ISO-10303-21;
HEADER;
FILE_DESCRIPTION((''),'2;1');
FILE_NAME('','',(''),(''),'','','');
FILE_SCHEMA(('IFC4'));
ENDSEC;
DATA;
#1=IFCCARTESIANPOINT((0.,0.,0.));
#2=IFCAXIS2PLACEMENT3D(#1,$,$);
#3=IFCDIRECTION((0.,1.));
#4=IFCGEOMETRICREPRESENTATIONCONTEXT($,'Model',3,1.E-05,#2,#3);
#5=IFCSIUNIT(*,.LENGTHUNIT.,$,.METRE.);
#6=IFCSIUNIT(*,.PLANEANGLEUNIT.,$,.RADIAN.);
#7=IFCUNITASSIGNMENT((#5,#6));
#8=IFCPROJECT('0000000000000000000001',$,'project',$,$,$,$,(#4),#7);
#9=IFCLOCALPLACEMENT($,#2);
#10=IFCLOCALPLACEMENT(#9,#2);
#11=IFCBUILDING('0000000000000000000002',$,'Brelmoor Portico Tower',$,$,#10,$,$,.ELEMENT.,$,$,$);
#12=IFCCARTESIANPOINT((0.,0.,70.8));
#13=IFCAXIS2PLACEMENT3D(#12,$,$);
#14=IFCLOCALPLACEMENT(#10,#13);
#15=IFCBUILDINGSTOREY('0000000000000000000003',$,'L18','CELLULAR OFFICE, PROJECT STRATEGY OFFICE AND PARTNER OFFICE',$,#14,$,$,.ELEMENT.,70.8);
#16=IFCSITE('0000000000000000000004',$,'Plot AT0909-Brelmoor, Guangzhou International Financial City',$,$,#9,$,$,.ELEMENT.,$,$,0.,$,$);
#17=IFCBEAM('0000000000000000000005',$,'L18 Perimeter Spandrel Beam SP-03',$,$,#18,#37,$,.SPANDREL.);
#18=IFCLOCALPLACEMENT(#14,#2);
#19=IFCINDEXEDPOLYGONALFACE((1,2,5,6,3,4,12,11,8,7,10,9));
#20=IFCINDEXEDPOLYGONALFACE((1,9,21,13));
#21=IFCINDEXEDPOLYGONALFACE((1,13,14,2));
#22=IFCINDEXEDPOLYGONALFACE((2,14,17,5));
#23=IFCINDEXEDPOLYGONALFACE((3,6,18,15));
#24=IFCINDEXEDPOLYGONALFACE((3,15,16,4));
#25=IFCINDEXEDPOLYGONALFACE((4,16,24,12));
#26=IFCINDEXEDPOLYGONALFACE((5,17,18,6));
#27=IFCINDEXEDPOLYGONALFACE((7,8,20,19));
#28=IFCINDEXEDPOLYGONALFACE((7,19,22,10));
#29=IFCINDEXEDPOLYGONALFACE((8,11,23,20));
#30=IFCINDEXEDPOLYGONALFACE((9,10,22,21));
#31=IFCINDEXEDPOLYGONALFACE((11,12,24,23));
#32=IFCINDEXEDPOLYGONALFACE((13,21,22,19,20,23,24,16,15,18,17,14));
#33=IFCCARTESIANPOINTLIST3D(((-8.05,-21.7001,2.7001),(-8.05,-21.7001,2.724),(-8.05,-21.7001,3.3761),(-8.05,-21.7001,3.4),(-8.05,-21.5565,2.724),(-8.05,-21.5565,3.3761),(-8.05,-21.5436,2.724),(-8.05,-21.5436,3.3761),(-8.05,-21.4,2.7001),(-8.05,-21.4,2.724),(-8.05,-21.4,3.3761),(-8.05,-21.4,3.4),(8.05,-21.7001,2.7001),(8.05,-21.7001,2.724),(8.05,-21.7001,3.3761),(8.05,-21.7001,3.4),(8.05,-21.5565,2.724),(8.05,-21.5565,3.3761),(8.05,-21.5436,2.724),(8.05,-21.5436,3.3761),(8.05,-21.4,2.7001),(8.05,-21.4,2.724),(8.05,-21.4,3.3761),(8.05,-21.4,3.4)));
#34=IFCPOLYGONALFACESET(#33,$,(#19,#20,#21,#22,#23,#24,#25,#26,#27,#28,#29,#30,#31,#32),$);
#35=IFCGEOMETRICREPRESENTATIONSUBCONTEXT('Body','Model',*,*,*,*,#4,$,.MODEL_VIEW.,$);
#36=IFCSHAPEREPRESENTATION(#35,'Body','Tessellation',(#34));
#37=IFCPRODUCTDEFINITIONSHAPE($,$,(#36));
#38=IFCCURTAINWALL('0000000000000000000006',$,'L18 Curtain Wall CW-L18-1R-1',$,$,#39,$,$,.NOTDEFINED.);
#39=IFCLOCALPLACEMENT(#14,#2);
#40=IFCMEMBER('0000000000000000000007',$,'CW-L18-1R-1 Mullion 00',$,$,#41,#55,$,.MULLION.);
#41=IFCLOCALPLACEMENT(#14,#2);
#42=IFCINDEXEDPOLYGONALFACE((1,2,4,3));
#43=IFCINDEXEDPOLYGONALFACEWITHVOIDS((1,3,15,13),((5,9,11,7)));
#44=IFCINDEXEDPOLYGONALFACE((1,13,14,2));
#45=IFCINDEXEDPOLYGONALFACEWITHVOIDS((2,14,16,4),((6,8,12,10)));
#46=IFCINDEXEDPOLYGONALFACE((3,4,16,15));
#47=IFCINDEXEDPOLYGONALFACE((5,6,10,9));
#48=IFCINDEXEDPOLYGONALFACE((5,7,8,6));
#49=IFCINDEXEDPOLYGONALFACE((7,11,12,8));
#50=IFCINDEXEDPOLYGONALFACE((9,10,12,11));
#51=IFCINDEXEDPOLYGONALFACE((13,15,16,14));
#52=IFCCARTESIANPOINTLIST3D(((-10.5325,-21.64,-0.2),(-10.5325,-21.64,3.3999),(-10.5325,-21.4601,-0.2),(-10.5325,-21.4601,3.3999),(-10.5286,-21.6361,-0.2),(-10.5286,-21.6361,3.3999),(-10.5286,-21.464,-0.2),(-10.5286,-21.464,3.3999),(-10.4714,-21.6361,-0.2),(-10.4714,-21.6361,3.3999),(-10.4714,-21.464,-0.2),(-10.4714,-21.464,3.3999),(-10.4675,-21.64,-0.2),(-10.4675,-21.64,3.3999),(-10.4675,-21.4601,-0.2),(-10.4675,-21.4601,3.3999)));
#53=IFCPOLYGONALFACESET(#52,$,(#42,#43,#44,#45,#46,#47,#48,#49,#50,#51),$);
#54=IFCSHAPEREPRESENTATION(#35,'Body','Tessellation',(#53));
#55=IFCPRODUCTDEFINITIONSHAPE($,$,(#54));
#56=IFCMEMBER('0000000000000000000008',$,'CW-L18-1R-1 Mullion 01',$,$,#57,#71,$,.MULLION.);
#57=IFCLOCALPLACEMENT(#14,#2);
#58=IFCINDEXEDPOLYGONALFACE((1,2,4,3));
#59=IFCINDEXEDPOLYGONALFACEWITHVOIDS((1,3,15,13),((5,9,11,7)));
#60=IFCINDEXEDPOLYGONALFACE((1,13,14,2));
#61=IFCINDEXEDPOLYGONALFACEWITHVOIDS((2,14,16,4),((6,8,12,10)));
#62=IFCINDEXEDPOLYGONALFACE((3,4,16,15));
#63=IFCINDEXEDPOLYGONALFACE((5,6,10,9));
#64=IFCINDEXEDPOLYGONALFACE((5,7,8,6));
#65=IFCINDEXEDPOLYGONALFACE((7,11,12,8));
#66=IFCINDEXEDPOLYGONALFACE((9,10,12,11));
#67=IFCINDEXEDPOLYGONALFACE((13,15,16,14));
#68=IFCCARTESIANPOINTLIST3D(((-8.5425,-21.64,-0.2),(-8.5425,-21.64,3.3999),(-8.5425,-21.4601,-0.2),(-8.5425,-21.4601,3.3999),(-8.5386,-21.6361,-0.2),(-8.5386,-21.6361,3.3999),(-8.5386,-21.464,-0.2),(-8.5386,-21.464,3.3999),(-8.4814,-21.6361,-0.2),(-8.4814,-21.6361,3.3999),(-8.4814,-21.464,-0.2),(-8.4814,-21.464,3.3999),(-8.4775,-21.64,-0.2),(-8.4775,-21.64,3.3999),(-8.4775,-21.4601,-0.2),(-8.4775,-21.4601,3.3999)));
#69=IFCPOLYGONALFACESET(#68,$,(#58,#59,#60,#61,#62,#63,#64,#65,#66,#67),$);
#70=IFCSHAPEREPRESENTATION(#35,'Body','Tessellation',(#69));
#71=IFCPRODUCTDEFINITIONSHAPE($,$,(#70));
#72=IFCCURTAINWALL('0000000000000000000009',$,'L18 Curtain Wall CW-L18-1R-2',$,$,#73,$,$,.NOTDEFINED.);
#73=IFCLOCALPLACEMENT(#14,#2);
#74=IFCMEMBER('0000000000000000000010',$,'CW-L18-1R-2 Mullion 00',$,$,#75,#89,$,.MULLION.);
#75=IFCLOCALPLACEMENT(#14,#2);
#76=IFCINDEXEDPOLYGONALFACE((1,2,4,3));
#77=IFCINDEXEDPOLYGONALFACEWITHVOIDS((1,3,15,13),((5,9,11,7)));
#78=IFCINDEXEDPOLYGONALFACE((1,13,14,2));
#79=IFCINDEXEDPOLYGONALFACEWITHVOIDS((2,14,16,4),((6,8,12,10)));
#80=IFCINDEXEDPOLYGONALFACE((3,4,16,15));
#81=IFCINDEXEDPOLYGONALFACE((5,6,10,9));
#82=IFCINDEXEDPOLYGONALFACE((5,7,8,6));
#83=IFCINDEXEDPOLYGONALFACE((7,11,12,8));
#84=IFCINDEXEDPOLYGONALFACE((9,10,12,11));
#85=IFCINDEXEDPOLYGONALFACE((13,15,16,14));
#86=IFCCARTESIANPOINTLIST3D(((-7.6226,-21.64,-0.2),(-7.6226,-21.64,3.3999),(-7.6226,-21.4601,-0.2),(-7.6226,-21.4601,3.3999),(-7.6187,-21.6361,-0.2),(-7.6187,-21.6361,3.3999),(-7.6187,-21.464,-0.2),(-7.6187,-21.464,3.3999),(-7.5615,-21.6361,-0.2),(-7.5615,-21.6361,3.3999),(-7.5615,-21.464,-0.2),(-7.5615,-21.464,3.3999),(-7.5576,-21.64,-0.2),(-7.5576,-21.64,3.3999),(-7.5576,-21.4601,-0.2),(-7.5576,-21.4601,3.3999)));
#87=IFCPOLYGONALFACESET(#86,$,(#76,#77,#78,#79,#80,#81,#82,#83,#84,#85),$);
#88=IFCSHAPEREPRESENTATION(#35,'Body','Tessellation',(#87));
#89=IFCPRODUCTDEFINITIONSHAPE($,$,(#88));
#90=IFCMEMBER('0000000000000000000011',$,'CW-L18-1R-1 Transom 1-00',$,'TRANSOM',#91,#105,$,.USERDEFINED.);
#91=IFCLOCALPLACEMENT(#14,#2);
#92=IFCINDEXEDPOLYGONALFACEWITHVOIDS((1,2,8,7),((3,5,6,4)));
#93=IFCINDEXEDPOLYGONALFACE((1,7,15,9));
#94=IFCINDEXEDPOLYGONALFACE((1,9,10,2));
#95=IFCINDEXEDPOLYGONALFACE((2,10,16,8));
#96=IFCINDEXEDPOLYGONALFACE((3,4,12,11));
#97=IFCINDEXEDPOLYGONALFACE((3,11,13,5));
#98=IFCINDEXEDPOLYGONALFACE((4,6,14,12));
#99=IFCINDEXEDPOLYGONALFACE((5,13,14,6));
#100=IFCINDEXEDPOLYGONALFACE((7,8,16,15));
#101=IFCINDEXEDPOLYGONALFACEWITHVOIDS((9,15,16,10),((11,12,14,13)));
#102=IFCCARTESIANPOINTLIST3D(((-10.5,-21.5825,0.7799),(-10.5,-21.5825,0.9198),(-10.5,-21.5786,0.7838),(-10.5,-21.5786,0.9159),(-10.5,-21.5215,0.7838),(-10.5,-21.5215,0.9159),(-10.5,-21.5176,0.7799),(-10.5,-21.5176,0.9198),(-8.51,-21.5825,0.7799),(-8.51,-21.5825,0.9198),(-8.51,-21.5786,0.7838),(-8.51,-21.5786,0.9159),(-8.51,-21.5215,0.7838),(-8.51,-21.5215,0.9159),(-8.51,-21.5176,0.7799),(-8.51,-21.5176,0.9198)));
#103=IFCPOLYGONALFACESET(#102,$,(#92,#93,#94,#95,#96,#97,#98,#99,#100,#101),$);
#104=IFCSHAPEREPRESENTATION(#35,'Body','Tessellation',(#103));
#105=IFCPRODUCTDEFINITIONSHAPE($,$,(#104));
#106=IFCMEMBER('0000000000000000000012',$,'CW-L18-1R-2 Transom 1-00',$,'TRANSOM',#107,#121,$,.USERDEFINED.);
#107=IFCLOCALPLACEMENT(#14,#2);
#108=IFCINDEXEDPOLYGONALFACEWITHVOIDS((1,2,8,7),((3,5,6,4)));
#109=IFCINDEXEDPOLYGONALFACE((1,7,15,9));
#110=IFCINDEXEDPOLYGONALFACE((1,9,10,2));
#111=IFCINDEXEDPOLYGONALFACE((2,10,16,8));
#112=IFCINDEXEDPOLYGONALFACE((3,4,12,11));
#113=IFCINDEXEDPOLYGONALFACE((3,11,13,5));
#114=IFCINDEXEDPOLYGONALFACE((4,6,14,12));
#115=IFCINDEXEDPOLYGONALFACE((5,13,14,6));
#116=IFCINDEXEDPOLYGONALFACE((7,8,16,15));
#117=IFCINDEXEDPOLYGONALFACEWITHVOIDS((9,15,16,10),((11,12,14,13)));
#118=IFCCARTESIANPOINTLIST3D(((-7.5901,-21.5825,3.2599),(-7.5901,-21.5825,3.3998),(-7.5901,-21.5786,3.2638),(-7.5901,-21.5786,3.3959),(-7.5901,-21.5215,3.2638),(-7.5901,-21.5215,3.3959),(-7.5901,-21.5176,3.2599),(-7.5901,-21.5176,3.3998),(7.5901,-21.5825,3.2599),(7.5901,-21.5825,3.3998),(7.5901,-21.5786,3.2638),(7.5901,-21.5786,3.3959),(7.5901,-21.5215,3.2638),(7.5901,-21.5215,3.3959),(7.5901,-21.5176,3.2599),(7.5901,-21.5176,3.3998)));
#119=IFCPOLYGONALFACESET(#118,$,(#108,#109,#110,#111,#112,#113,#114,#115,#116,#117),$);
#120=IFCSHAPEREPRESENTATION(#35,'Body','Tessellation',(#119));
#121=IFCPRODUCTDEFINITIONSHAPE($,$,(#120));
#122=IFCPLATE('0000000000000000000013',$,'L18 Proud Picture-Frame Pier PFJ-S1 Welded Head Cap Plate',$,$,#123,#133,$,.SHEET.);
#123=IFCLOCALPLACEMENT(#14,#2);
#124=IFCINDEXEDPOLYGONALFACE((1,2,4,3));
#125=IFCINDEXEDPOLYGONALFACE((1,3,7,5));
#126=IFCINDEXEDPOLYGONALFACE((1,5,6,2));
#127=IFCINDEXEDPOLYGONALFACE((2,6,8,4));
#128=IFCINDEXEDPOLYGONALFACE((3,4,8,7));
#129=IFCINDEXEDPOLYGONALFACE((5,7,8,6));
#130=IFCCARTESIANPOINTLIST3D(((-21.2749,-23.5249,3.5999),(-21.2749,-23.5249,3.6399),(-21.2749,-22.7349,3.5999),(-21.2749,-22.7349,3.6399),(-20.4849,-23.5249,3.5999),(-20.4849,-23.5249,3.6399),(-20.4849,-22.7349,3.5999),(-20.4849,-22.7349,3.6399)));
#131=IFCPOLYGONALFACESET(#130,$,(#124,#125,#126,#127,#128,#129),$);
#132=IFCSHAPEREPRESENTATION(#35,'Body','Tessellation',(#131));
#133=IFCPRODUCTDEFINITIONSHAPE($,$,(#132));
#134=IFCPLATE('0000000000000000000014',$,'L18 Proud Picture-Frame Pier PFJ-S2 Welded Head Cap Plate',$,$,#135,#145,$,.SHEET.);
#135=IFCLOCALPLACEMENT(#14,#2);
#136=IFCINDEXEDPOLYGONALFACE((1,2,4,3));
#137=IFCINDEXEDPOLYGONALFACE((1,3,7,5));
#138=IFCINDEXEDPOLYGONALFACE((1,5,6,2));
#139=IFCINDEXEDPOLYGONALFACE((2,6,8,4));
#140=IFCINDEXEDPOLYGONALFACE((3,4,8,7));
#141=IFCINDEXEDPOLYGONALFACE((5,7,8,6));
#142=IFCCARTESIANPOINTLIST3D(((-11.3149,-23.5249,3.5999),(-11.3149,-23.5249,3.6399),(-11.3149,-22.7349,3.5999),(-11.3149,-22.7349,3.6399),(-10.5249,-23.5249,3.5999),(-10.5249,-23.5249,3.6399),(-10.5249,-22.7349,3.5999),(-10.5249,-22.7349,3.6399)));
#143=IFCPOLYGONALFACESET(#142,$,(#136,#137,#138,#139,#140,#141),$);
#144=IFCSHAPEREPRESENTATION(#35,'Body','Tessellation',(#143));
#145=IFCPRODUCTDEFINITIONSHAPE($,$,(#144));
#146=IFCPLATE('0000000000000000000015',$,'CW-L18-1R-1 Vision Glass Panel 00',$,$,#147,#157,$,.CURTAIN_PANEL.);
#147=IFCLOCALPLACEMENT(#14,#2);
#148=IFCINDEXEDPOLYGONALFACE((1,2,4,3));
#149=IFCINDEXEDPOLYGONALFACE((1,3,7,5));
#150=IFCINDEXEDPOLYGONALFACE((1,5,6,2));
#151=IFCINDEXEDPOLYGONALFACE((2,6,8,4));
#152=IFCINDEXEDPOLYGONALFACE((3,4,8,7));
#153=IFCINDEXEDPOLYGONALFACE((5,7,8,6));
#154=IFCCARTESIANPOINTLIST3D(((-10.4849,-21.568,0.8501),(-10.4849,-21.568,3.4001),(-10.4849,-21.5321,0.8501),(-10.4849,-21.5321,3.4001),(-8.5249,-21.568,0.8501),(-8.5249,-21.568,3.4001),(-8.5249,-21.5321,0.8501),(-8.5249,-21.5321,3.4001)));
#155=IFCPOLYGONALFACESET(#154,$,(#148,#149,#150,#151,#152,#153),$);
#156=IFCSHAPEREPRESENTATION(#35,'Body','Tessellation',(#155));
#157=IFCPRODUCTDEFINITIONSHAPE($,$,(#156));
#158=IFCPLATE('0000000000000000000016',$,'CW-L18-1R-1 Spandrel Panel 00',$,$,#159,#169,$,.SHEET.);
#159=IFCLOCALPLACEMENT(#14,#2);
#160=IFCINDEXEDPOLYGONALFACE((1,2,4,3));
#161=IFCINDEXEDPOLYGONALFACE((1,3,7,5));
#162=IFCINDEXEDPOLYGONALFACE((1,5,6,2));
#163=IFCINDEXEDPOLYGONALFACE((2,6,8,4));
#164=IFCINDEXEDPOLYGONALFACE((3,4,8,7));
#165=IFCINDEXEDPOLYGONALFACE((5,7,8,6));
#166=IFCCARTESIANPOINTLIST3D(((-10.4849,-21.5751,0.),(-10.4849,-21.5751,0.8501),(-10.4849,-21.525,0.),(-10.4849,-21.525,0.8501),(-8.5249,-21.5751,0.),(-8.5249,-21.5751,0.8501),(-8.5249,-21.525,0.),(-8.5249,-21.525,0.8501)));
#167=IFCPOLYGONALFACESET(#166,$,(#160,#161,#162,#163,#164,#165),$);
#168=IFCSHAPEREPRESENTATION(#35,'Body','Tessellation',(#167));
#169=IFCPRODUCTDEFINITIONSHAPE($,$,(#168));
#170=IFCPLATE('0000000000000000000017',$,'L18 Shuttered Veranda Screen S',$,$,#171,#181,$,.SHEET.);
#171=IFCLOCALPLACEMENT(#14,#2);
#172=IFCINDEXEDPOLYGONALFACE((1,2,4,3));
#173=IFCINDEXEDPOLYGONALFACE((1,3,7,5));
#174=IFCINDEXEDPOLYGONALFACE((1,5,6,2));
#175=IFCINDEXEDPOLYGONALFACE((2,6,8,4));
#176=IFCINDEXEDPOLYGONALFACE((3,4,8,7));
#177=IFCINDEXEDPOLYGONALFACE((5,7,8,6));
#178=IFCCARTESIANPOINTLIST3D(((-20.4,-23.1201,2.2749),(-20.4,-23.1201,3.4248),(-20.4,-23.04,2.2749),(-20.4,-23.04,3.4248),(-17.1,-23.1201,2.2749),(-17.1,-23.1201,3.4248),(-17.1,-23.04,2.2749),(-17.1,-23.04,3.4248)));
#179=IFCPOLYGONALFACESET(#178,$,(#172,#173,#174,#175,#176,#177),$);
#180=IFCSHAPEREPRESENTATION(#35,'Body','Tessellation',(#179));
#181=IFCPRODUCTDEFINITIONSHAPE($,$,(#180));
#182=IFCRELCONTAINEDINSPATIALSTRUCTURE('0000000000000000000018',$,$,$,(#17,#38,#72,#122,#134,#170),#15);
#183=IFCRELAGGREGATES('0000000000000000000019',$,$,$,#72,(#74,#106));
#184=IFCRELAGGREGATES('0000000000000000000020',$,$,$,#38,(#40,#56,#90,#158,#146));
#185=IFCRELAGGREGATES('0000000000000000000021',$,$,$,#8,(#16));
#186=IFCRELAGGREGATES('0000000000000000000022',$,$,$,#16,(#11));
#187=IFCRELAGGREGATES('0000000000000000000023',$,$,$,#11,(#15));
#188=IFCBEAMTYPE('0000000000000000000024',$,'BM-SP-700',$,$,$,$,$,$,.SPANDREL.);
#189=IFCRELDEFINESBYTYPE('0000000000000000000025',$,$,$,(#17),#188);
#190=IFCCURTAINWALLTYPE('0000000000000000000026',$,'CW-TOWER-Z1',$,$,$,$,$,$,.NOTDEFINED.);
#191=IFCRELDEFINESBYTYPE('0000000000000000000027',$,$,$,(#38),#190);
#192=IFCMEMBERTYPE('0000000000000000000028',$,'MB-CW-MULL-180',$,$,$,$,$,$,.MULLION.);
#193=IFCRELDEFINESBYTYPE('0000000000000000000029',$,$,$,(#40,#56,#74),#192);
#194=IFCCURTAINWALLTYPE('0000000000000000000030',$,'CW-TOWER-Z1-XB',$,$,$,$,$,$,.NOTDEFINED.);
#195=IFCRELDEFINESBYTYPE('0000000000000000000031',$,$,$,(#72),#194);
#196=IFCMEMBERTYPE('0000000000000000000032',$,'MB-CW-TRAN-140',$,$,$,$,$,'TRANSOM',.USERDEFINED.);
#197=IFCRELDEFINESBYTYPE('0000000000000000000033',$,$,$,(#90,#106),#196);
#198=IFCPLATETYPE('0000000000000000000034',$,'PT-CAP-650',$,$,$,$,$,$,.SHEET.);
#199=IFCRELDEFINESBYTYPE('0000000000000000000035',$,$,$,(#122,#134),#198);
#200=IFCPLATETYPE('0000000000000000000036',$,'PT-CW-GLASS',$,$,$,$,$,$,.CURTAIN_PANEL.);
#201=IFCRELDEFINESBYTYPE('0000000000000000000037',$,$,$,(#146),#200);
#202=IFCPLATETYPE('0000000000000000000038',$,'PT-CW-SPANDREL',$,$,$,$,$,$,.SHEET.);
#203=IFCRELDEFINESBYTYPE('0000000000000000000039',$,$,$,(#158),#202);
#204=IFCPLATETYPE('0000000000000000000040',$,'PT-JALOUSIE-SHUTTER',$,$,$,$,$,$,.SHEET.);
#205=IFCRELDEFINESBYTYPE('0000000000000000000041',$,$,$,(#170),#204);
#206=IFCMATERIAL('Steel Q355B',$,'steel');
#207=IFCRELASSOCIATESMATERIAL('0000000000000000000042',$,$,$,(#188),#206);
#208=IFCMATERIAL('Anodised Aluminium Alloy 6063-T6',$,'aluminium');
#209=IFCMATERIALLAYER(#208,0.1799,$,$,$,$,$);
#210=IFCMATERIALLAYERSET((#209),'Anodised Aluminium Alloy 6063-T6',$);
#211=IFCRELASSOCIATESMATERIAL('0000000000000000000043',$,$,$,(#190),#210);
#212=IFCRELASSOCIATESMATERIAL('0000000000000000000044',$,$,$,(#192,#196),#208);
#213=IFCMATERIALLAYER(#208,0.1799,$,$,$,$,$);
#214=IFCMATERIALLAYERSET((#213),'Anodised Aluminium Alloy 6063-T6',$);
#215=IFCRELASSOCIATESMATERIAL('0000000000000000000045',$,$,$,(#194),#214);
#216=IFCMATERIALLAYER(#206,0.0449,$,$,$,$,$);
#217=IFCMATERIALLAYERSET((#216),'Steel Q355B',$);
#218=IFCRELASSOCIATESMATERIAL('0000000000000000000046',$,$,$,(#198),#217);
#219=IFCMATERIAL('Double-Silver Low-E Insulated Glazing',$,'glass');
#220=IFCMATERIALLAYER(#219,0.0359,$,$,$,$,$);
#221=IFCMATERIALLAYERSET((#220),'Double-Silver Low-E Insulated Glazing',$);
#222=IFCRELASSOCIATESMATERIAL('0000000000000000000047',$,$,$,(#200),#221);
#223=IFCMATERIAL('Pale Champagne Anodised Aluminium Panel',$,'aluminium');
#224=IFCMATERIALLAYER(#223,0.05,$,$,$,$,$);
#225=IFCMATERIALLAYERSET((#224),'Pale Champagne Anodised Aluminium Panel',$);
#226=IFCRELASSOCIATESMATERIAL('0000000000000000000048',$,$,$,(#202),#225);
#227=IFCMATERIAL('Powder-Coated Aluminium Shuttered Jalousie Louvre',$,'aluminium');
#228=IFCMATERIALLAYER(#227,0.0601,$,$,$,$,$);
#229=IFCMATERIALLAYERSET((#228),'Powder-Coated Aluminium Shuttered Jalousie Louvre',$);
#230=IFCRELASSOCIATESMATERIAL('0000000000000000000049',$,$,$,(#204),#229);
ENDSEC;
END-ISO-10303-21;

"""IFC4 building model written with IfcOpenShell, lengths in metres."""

from ifc_helpers import new_model, si_unit, direction, frame, origin, origin_2d, place, context, subcontext, project, spatial, rectangle, hollow_rectangle, i_section, extrude, material, layer, layer_set, material_profile, profile_set, type_object, element, aggregate, save


model = new_model("IFC4")

# Units and contexts
model_context = context("Model", 3, precision=1e-05, world=origin(), true_north=direction((0.0, 1.0)))
body_context = subcontext(model_context, "Body", "Model", "MODEL_VIEW")
ifc_project = project(units=[si_unit("LENGTHUNIT", "METRE"), si_unit("PLANEANGLEUNIT", "RADIAN")], contexts=[model_context])

# Site, building, storey
site_placement = place(None, origin())
site = spatial("IfcSite", under=ifc_project, at=site_placement, Name="Plot AT0909-Brelmoor, Guangzhou International Financial City", CompositionType="ELEMENT", RefElevation=0.0)
building_placement = place(site_placement, origin())
building = spatial("IfcBuilding", under=site, at=building_placement, Name="Brelmoor Portico Tower", CompositionType="ELEMENT")
storey_placement = place(building_placement, frame((0.0, 0.0, 70.8)))
storey = spatial("IfcBuildingStorey", under=building, at=storey_placement, Name="L18", Description="CELLULAR OFFICE, PROJECT STRATEGY OFFICE AND PARTNER OFFICE", CompositionType="ELEMENT", Elevation=70.8)

# Shared definitions
ifc_material_1 = material(Name="Steel Q355B", Category="steel")

# Beam
ifc_material_profile_1 = material_profile(ifc_material_1, i_section(OverallWidth=0.3, OverallDepth=0.7, WebThickness=0.0129, FlangeThickness=0.0239, at=origin_2d()), Name="HN 700x300x13x24")
ifc_profile_set_1 = profile_set([ifc_material_profile_1], Name="Steel Q355B")
beam_type_1 = type_object("IfcBeamType", Name="BM-SP-700", PredefinedType="SPANDREL", material=ifc_profile_set_1)
beam_1_placement = place(storey_placement, frame((-8.05, -21.55, 3.05), z_axis=(1.0, 0.0, 0.0), x_axis=(0.0, 1.0, 0.0)))
element("IfcBeam", 1, at=beam_1_placement, inside=storey, type_object=beam_type_1, Name="L18 Perimeter Spandrel Beam SP-03", PredefinedType="SPANDREL", context=body_context, shape_type="SweptSolid", body=[
    extrude(i_section(OverallWidth=0.3, OverallDepth=0.7, WebThickness=0.0129, FlangeThickness=0.0239, at=origin_2d()), origin(), (0.0, 0.0, 1.0), 16.1001),
])

# Curtain wall, members
ifc_material_2 = material(Name="Anodised Aluminium Alloy 6063-T6", Category="aluminium")
ifc_layer_1 = layer(ifc_material_2, 0.1799)
ifc_layer_set_1 = layer_set([ifc_layer_1], Name="Anodised Aluminium Alloy 6063-T6")
curtain_wall_type_1 = type_object("IfcCurtainWallType", Name="CW-TOWER-Z1", PredefinedType="NOTDEFINED", material=ifc_layer_set_1)
curtain_wall_1_placement = place(storey_placement, origin())
curtain_wall_1 = element("IfcCurtainWall", 2, at=curtain_wall_1_placement, inside=storey, type_object=curtain_wall_type_1, Name="L18 Curtain Wall CW-L18-1R-1", PredefinedType="NOTDEFINED")
ifc_material_profile_2 = material_profile(ifc_material_2, hollow_rectangle(XDim=0.0649, YDim=0.1799, WallThickness=0.0039, at=origin_2d()), Name="ALU MULLION 65x180")
ifc_profile_set_2 = profile_set([ifc_material_profile_2], Name="Anodised Aluminium Alloy 6063-T6")
member_type_1 = type_object("IfcMemberType", Name="MB-CW-MULL-180", PredefinedType="MULLION", material=ifc_profile_set_2)
member_1_placement = place(storey_placement, frame((-10.5, -21.55, -0.2), z_axis=(0.0, 0.0, 1.0), x_axis=(1.0, 0.0, 0.0)))
member_1 = element("IfcMember", 3, at=member_1_placement, type_object=member_type_1, Name="CW-L18-1R-1 Mullion 00", PredefinedType="MULLION", context=body_context, shape_type="SweptSolid", body=[
    extrude(hollow_rectangle(XDim=0.0649, YDim=0.1799, WallThickness=0.0039, at=origin_2d()), origin(), (0.0, 0.0, 1.0), 3.5999),
])
member_2_placement = place(storey_placement, frame((-8.51, -21.55, -0.2), z_axis=(0.0, 0.0, 1.0), x_axis=(1.0, 0.0, 0.0)))
member_2 = element("IfcMember", 4, at=member_2_placement, type_object=member_type_1, Name="CW-L18-1R-1 Mullion 01", PredefinedType="MULLION", context=body_context, shape_type="SweptSolid", body=[
    extrude(hollow_rectangle(XDim=0.0649, YDim=0.1799, WallThickness=0.0039, at=origin_2d()), origin(), (0.0, 0.0, 1.0), 3.5999),
])

# Curtain wall, member
ifc_layer_2 = layer(ifc_material_2, 0.1799)
ifc_layer_set_2 = layer_set([ifc_layer_2], Name="Anodised Aluminium Alloy 6063-T6")
curtain_wall_type_2 = type_object("IfcCurtainWallType", Name="CW-TOWER-Z1-XB", PredefinedType="NOTDEFINED", material=ifc_layer_set_2)
curtain_wall_2_placement = place(storey_placement, origin())
curtain_wall_2 = element("IfcCurtainWall", 5, at=curtain_wall_2_placement, inside=storey, type_object=curtain_wall_type_2, Name="L18 Curtain Wall CW-L18-1R-2", PredefinedType="NOTDEFINED")
member_3_placement = place(storey_placement, frame((-7.5901, -21.55, -0.2), z_axis=(0.0, 0.0, 1.0), x_axis=(1.0, 0.0, 0.0)))
member_3 = element("IfcMember", 6, at=member_3_placement, type_object=member_type_1, Name="CW-L18-1R-2 Mullion 00", PredefinedType="MULLION", context=body_context, shape_type="SweptSolid", body=[
    extrude(hollow_rectangle(XDim=0.0649, YDim=0.1799, WallThickness=0.0039, at=origin_2d()), origin(), (0.0, 0.0, 1.0), 3.5999),
])

# Members
ifc_material_profile_3 = material_profile(ifc_material_2, hollow_rectangle(XDim=0.0649, YDim=0.1399, WallThickness=0.0039, at=origin_2d()), Name="ALU TRANSOM 65x140")
ifc_profile_set_3 = profile_set([ifc_material_profile_3], Name="Anodised Aluminium Alloy 6063-T6")
member_type_2 = type_object("IfcMemberType", Name="MB-CW-TRAN-140", ElementType="TRANSOM", PredefinedType="USERDEFINED", material=ifc_profile_set_3)
member_4_placement = place(storey_placement, frame((-10.5, -21.55, 0.8499), z_axis=(1.0, 0.0, 0.0), x_axis=(0.0, 1.0, 0.0)))
member_4 = element("IfcMember", 7, at=member_4_placement, type_object=member_type_2, Name="CW-L18-1R-1 Transom 1-00", ObjectType="TRANSOM", PredefinedType="USERDEFINED", context=body_context, shape_type="SweptSolid", body=[
    extrude(hollow_rectangle(XDim=0.0649, YDim=0.1399, WallThickness=0.0039, at=origin_2d()), origin(), (0.0, 0.0, 1.0), 1.99),
])
member_5_placement = place(storey_placement, frame((-7.5901, -21.55, 3.3298), z_axis=(1.0, 0.0, 0.0), x_axis=(0.0, 1.0, 0.0)))
member_5 = element("IfcMember", 8, at=member_5_placement, type_object=member_type_2, Name="CW-L18-1R-2 Transom 1-00", ObjectType="TRANSOM", PredefinedType="USERDEFINED", context=body_context, shape_type="SweptSolid", body=[
    extrude(hollow_rectangle(XDim=0.0649, YDim=0.1399, WallThickness=0.0039, at=origin_2d()), origin(), (0.0, 0.0, 1.0), 15.1802),
])
aggregate(curtain_wall_2, [member_3, member_5])

# Plates
ifc_layer_3 = layer(ifc_material_1, 0.0449)
ifc_layer_set_3 = layer_set([ifc_layer_3], Name="Steel Q355B")
plate_type_1 = type_object("IfcPlateType", Name="PT-CAP-650", PredefinedType="SHEET", material=ifc_layer_set_3)
for number, where, z_axis, x_axis, name in (
    (9, (-20.8799, -23.1299, 3.5999), (0.0, 0.0, 1.0), (1.0, 0.0, 0.0), "L18 Proud Picture-Frame Pier PFJ-S1 Welded Head Cap Plate"),
    (10, (-10.9199, -23.1299, 3.5999), (0.0, 0.0, 1.0), (1.0, 0.0, 0.0), "L18 Proud Picture-Frame Pier PFJ-S2 Welded Head Cap Plate"),
):
    element("IfcPlate", number, at=place(storey_placement, frame(where, z_axis=z_axis, x_axis=x_axis)), inside=storey, type_object=plate_type_1, Name=name, PredefinedType="SHEET", context=body_context, shape_type="SweptSolid", body=[
        extrude(rectangle(XDim=0.79, YDim=0.79, at=origin_2d()), origin(), (0.0, 0.0, 1.0), 0.04),
    ])

# Plates
ifc_material_3 = material(Name="Double-Silver Low-E Insulated Glazing", Category="glass")
ifc_layer_4 = layer(ifc_material_3, 0.0359)
ifc_layer_set_4 = layer_set([ifc_layer_4], Name="Double-Silver Low-E Insulated Glazing")
plate_type_2 = type_object("IfcPlateType", Name="PT-CW-GLASS", PredefinedType="CURTAIN_PANEL", material=ifc_layer_set_4)
plate_1_placement = place(storey_placement, frame((-9.5049, -21.55, 0.8501), z_axis=(0.0, 0.0, 1.0), x_axis=(1.0, 0.0, 0.0)))
plate_1 = element("IfcPlate", 11, at=plate_1_placement, type_object=plate_type_2, Name="CW-L18-1R-1 Vision Glass Panel 00", PredefinedType="CURTAIN_PANEL", context=body_context, shape_type="SweptSolid", body=[
    extrude(rectangle(XDim=1.96, YDim=0.0359, at=origin_2d()), origin(), (0.0, 0.0, 1.0), 2.55),
])
ifc_material_4 = material(Name="Pale Champagne Anodised Aluminium Panel", Category="aluminium")
ifc_layer_5 = layer(ifc_material_4, 0.05)
ifc_layer_set_5 = layer_set([ifc_layer_5], Name="Pale Champagne Anodised Aluminium Panel")
plate_type_3 = type_object("IfcPlateType", Name="PT-CW-SPANDREL", PredefinedType="SHEET", material=ifc_layer_set_5)
plate_2_placement = place(storey_placement, frame((-9.5049, -21.55, 0.0), z_axis=(0.0, 0.0, 1.0), x_axis=(1.0, 0.0, 0.0)))
plate_2 = element("IfcPlate", 12, at=plate_2_placement, type_object=plate_type_3, Name="CW-L18-1R-1 Spandrel Panel 00", PredefinedType="SHEET", context=body_context, shape_type="SweptSolid", body=[
    extrude(rectangle(XDim=1.96, YDim=0.05, at=origin_2d()), origin(), (0.0, 0.0, 1.0), 0.8501),
])
aggregate(curtain_wall_1, [member_1, member_2, member_4, plate_2, plate_1])
ifc_material_5 = material(Name="Powder-Coated Aluminium Shuttered Jalousie Louvre", Category="aluminium")
ifc_layer_6 = layer(ifc_material_5, 0.0601)
ifc_layer_set_6 = layer_set([ifc_layer_6], Name="Powder-Coated Aluminium Shuttered Jalousie Louvre")
plate_type_4 = type_object("IfcPlateType", Name="PT-JALOUSIE-SHUTTER", PredefinedType="SHEET", material=ifc_layer_set_6)
plate_3_placement = place(storey_placement, frame((-18.75, -23.0801, 2.2749), z_axis=(0.0, 0.0, 1.0), x_axis=(1.0, 0.0, 0.0)))
element("IfcPlate", 13, at=plate_3_placement, inside=storey, type_object=plate_type_4, Name="L18 Shuttered Veranda Screen S", PredefinedType="SHEET", context=body_context, shape_type="SweptSolid", body=[
    extrude(rectangle(XDim=3.3, YDim=0.0801, at=origin_2d()), origin(), (0.0, 0.0, 1.0), 1.1499),
])

save(model, "model.ifc")
